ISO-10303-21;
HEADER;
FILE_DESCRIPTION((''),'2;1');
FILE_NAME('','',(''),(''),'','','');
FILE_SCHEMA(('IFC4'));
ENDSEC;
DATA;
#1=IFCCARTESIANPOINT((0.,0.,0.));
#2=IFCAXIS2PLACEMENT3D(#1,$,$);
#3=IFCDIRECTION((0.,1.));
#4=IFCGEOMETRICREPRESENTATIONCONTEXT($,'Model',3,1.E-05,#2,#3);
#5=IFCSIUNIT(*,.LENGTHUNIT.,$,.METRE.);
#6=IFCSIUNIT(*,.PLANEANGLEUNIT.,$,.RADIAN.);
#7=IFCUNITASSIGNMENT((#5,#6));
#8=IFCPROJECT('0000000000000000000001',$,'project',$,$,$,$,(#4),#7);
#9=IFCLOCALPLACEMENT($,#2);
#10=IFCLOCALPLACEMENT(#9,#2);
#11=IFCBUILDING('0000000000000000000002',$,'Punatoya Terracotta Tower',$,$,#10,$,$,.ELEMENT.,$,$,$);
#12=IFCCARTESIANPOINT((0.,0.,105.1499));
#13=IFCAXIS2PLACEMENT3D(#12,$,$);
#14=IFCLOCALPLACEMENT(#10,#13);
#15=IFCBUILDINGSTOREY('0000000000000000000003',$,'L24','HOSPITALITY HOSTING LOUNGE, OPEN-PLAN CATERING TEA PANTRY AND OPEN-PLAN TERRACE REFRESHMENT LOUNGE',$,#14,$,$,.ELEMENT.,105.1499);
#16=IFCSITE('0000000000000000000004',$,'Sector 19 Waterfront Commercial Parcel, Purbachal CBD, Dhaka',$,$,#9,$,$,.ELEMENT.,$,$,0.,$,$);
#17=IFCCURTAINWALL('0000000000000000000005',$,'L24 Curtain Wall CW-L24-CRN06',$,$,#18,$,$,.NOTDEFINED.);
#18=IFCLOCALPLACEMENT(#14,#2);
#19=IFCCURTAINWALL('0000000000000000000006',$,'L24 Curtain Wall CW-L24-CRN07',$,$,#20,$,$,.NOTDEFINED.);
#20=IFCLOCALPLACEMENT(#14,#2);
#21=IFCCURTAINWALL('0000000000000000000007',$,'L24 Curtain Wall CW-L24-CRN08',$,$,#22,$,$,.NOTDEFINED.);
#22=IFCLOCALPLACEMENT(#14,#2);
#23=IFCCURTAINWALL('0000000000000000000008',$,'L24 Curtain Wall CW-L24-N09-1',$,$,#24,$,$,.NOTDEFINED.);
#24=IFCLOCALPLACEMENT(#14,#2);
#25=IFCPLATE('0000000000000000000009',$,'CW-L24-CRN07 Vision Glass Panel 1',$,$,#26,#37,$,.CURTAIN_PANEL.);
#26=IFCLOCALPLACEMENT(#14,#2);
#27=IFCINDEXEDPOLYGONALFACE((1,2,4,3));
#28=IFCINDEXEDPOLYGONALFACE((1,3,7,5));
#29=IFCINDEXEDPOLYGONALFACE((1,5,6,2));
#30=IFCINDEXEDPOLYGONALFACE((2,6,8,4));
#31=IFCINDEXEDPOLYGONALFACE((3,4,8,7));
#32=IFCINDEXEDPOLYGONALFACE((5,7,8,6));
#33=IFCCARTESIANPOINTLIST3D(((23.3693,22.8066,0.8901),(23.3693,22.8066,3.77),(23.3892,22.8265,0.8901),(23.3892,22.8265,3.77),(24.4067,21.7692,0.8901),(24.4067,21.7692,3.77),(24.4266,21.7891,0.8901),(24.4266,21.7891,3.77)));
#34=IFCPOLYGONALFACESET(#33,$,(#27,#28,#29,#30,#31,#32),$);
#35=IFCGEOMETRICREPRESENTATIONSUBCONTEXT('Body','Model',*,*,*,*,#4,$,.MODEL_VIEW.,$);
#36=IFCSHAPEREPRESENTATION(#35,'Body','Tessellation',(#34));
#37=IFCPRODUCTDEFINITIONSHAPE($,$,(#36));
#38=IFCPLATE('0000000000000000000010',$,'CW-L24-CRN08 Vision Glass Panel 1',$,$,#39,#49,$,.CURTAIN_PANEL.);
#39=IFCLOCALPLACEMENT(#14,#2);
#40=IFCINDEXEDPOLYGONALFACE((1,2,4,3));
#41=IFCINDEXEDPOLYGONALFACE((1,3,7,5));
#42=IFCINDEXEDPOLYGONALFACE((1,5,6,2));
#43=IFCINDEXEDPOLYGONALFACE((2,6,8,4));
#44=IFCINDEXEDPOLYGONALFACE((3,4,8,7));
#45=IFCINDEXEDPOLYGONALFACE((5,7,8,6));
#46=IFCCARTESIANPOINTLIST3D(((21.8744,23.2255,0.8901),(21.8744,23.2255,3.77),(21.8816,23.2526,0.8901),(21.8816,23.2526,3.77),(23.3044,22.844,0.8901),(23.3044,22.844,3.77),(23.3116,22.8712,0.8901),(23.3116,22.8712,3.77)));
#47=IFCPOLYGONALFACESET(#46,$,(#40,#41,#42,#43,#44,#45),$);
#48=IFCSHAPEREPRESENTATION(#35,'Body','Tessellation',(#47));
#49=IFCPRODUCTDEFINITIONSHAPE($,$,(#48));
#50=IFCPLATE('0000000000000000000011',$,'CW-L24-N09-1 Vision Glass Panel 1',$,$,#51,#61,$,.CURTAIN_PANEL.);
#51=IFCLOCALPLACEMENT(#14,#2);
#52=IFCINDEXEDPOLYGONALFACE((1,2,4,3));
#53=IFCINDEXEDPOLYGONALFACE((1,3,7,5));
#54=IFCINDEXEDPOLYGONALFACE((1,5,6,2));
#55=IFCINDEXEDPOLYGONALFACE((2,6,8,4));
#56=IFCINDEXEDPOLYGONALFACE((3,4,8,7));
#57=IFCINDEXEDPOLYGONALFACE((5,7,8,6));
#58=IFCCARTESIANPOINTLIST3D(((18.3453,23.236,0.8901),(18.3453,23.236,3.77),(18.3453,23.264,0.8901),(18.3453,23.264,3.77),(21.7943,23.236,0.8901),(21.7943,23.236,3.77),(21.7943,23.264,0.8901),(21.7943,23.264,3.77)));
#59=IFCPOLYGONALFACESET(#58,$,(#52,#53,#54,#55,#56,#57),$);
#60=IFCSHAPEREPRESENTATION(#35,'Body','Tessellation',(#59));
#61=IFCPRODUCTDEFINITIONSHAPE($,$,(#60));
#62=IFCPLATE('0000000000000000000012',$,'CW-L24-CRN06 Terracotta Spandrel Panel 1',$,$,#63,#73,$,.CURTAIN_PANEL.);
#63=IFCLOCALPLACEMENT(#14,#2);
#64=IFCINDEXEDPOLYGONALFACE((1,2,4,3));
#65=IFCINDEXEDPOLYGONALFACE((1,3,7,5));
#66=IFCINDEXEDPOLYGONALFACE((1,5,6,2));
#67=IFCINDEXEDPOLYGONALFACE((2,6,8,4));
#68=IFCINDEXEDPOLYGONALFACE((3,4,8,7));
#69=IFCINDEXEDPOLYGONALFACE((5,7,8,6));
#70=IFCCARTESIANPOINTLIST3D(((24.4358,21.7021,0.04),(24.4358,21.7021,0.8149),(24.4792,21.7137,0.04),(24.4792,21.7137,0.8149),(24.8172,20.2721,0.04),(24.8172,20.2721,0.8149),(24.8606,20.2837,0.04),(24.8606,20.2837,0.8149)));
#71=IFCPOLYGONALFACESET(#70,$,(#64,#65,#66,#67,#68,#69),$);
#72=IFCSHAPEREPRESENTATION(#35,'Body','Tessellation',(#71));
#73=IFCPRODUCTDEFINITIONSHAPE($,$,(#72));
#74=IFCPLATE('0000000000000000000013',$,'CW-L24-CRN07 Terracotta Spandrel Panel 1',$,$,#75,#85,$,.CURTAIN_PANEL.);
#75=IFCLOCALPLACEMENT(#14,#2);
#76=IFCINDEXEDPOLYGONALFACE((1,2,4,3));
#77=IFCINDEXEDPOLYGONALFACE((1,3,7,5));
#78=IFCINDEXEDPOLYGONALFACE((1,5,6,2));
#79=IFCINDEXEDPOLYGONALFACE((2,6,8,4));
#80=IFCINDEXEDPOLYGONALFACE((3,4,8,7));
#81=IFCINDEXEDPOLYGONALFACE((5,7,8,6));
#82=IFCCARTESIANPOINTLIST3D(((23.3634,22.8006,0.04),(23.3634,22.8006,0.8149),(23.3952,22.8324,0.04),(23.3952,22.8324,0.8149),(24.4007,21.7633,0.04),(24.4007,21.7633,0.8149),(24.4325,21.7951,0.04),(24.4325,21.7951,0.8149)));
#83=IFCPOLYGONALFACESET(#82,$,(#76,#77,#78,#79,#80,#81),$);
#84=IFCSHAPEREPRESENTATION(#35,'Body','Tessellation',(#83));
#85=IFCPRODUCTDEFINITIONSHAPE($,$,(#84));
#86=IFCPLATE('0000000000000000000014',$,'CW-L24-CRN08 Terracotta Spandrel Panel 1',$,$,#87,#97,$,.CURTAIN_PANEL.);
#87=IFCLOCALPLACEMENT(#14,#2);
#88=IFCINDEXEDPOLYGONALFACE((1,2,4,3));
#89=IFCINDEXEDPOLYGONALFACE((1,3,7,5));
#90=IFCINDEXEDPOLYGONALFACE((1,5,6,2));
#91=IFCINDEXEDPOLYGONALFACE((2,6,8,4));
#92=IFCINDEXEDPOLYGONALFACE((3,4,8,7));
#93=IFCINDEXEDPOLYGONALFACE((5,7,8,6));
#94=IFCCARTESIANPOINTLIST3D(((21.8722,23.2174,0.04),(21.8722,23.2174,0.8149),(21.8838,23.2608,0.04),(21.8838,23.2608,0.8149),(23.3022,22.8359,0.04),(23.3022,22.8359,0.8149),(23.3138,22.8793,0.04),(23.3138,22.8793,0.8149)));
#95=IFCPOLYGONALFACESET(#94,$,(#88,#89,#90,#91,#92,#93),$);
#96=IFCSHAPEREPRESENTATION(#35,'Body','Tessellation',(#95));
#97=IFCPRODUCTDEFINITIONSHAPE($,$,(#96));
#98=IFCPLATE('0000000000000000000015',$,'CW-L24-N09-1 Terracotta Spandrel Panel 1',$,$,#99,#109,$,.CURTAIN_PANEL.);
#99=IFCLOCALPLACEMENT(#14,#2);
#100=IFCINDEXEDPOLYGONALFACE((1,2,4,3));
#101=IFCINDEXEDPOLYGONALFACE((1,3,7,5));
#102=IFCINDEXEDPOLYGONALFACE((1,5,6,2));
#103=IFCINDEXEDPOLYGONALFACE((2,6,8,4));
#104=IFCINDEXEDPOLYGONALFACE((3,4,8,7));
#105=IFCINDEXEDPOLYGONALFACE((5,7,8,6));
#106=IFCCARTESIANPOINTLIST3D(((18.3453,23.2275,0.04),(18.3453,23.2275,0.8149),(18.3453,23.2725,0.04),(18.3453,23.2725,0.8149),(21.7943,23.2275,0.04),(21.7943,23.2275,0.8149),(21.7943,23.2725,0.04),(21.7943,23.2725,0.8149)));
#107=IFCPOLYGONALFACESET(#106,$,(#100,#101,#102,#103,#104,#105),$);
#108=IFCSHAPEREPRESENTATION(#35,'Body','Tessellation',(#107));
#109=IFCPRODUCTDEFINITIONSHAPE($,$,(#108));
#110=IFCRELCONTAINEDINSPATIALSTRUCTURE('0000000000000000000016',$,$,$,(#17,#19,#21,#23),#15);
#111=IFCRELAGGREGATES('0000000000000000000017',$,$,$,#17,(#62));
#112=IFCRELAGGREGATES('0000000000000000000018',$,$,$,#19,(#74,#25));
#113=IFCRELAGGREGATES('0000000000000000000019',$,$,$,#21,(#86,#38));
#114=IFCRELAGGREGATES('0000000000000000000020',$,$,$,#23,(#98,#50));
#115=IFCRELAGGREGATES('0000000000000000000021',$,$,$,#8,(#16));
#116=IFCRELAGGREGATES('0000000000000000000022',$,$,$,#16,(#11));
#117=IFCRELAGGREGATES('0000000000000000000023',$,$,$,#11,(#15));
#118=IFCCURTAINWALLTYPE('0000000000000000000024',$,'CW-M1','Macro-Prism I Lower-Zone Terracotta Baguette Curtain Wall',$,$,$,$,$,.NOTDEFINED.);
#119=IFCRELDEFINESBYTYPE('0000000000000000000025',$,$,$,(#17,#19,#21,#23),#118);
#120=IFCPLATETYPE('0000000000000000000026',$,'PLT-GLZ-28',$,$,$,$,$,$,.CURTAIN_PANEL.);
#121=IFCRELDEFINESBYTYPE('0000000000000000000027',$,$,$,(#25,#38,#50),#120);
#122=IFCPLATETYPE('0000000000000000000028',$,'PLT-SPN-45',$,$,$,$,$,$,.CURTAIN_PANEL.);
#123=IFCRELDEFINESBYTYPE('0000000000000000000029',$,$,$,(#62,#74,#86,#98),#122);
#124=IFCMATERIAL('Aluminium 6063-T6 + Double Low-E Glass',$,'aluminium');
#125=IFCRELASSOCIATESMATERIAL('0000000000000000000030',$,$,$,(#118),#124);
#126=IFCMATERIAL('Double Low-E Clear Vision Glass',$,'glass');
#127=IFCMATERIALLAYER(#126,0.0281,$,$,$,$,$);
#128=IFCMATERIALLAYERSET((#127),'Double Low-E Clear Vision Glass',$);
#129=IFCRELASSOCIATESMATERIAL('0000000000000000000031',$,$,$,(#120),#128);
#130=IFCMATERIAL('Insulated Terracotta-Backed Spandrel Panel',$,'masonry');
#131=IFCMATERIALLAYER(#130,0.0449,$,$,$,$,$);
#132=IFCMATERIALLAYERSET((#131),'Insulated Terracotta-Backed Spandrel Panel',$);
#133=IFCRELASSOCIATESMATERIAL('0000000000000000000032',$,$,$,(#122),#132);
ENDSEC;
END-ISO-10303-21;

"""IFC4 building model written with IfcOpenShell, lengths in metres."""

from ifc_helpers import new_model, si_unit, direction, frame, origin, origin_2d, place, context, subcontext, project, spatial, rectangle, extrude, material, layer, layer_set, type_object, element, aggregate, save


model = new_model("IFC4")

# Units and contexts
model_context = context("Model", 3, precision=1e-05, world=origin(), true_north=direction((0.0, 1.0)))
body_context = subcontext(model_context, "Body", "Model", "MODEL_VIEW")
ifc_project = project(units=[si_unit("LENGTHUNIT", "METRE"), si_unit("PLANEANGLEUNIT", "RADIAN")], contexts=[model_context])

# Site, building, storey
site_placement = place(None, origin())
site = spatial("IfcSite", under=ifc_project, at=site_placement, Name="Sector 19 Waterfront Commercial Parcel, Purbachal CBD, Dhaka", CompositionType="ELEMENT", RefElevation=0.0)
building_placement = place(site_placement, origin())
building = spatial("IfcBuilding", under=site, at=building_placement, Name="Punatoya Terracotta Tower", CompositionType="ELEMENT")
storey_placement = place(building_placement, frame((0.0, 0.0, 105.1499)))
storey = spatial("IfcBuildingStorey", under=building, at=storey_placement, Name="L24", Description="HOSPITALITY HOSTING LOUNGE, OPEN-PLAN CATERING TEA PANTRY AND OPEN-PLAN TERRACE REFRESHMENT LOUNGE", CompositionType="ELEMENT", Elevation=105.1499)

# Curtain walls
ifc_material_1 = material(Name="Aluminium 6063-T6 + Double Low-E Glass", Category="aluminium")
curtain_wall_type = type_object("IfcCurtainWallType", Name="CW-M1", Description="Macro-Prism I Lower-Zone Terracotta Baguette Curtain Wall", PredefinedType="NOTDEFINED", material=ifc_material_1)
curtain_wall_1_placement = place(storey_placement, origin())
curtain_wall_1 = element("IfcCurtainWall", 1, at=curtain_wall_1_placement, inside=storey, type_object=curtain_wall_type, Name="L24 Curtain Wall CW-L24-CRN06", PredefinedType="NOTDEFINED")
curtain_wall_2_placement = place(storey_placement, origin())
curtain_wall_2 = element("IfcCurtainWall", 2, at=curtain_wall_2_placement, inside=storey, type_object=curtain_wall_type, Name="L24 Curtain Wall CW-L24-CRN07", PredefinedType="NOTDEFINED")
curtain_wall_3_placement = place(storey_placement, origin())
curtain_wall_3 = element("IfcCurtainWall", 3, at=curtain_wall_3_placement, inside=storey, type_object=curtain_wall_type, Name="L24 Curtain Wall CW-L24-CRN08", PredefinedType="NOTDEFINED")

# Curtain wall
curtain_wall_4_placement = place(storey_placement, origin())
curtain_wall_4 = element("IfcCurtainWall", 4, at=curtain_wall_4_placement, inside=storey, type_object=curtain_wall_type, Name="L24 Curtain Wall CW-L24-N09-1", PredefinedType="NOTDEFINED")

# Plates
ifc_material_2 = material(Name="Double Low-E Clear Vision Glass", Category="glass")
ifc_layer_1 = layer(ifc_material_2, 0.0281)
ifc_layer_set_1 = layer_set([ifc_layer_1], Name="Double Low-E Clear Vision Glass")
plate_type_1 = type_object("IfcPlateType", Name="PLT-GLZ-28", PredefinedType="CURTAIN_PANEL", material=ifc_layer_set_1)
plate_1_placement = place(storey_placement, frame((23.8979, 22.2979, 0.8901), z_axis=(0.0, 0.0, 1.0), x_axis=(-0.707107, 0.707107, 0.0)))
plate_1 = element("IfcPlate", 5, at=plate_1_placement, type_object=plate_type_1, Name="CW-L24-CRN07 Vision Glass Panel 1", PredefinedType="CURTAIN_PANEL", context=body_context, shape_type="SweptSolid", body=[
    extrude(rectangle(XDim=1.467, YDim=0.0281, at=origin_2d()), origin(), (0.0, 0.0, 1.0), 2.8799),
])
plate_2_placement = place(storey_placement, frame((22.593, 23.0483, 0.8901), z_axis=(0.0, 0.0, 1.0), x_axis=(-0.966214, 0.257742, 0.0)))
plate_2 = element("IfcPlate", 6, at=plate_2_placement, type_object=plate_type_1, Name="CW-L24-CRN08 Vision Glass Panel 1", PredefinedType="CURTAIN_PANEL", context=body_context, shape_type="SweptSolid", body=[
    extrude(rectangle(XDim=1.48, YDim=0.0281, at=origin_2d()), origin(), (0.0, 0.0, 1.0), 2.8799),
])
plate_3_placement = place(storey_placement, frame((20.0698, 23.25, 0.8901), z_axis=(0.0, 0.0, 1.0), x_axis=(-1.0, 0.0, 0.0)))
plate_3 = element("IfcPlate", 7, at=plate_3_placement, type_object=plate_type_1, Name="CW-L24-N09-1 Vision Glass Panel 1", PredefinedType="CURTAIN_PANEL", context=body_context, shape_type="SweptSolid", body=[
    extrude(rectangle(XDim=3.449, YDim=0.0281, at=origin_2d()), origin(), (0.0, 0.0, 1.0), 2.8799),
])
ifc_material_3 = material(Name="Insulated Terracotta-Backed Spandrel Panel", Category="masonry")
ifc_layer_2 = layer(ifc_material_3, 0.0449)
ifc_layer_set_2 = layer_set([ifc_layer_2], Name="Insulated Terracotta-Backed Spandrel Panel")
plate_type_2 = type_object("IfcPlateType", Name="PLT-SPN-45", PredefinedType="CURTAIN_PANEL", material=ifc_layer_set_2)
plate_4_placement = place(storey_placement, frame((24.6482, 20.9929, 0.04), z_axis=(0.0, 0.0, 1.0), x_axis=(-0.257742, 0.966214, 0.0)))
plate_4 = element("IfcPlate", 8, at=plate_4_placement, type_object=plate_type_2, Name="CW-L24-CRN06 Terracotta Spandrel Panel 1", PredefinedType="CURTAIN_PANEL", context=body_context, shape_type="SweptSolid", body=[
    extrude(rectangle(XDim=1.48, YDim=0.0449, at=origin_2d()), origin(), (0.0, 0.0, 1.0), 0.7749),
])
aggregate(curtain_wall_1, [plate_4])
plate_5_placement = place(storey_placement, frame((23.8979, 22.2979, 0.04), z_axis=(0.0, 0.0, 1.0), x_axis=(-0.707107, 0.707107, 0.0)))
plate_5 = element("IfcPlate", 9, at=plate_5_placement, type_object=plate_type_2, Name="CW-L24-CRN07 Terracotta Spandrel Panel 1", PredefinedType="CURTAIN_PANEL", context=body_context, shape_type="SweptSolid", body=[
    extrude(rectangle(XDim=1.467, YDim=0.0449, at=origin_2d()), origin(), (0.0, 0.0, 1.0), 0.7749),
])
aggregate(curtain_wall_2, [plate_5, plate_1])
plate_6_placement = place(storey_placement, frame((22.593, 23.0483, 0.04), z_axis=(0.0, 0.0, 1.0), x_axis=(-0.966214, 0.257742, 0.0)))
plate_6 = element("IfcPlate", 10, at=plate_6_placement, type_object=plate_type_2, Name="CW-L24-CRN08 Terracotta Spandrel Panel 1", PredefinedType="CURTAIN_PANEL", context=body_context, shape_type="SweptSolid", body=[
    extrude(rectangle(XDim=1.48, YDim=0.0449, at=origin_2d()), origin(), (0.0, 0.0, 1.0), 0.7749),
])
aggregate(curtain_wall_3, [plate_6, plate_2])
plate_7_placement = place(storey_placement, frame((20.0698, 23.25, 0.04), z_axis=(0.0, 0.0, 1.0), x_axis=(-1.0, 0.0, 0.0)))
plate_7 = element("IfcPlate", 11, at=plate_7_placement, type_object=plate_type_2, Name="CW-L24-N09-1 Terracotta Spandrel Panel 1", PredefinedType="CURTAIN_PANEL", context=body_context, shape_type="SweptSolid", body=[
    extrude(rectangle(XDim=3.449, YDim=0.0449, at=origin_2d()), origin(), (0.0, 0.0, 1.0), 0.7749),
])
aggregate(curtain_wall_4, [plate_7, plate_3])

save(model, "model.ifc")
